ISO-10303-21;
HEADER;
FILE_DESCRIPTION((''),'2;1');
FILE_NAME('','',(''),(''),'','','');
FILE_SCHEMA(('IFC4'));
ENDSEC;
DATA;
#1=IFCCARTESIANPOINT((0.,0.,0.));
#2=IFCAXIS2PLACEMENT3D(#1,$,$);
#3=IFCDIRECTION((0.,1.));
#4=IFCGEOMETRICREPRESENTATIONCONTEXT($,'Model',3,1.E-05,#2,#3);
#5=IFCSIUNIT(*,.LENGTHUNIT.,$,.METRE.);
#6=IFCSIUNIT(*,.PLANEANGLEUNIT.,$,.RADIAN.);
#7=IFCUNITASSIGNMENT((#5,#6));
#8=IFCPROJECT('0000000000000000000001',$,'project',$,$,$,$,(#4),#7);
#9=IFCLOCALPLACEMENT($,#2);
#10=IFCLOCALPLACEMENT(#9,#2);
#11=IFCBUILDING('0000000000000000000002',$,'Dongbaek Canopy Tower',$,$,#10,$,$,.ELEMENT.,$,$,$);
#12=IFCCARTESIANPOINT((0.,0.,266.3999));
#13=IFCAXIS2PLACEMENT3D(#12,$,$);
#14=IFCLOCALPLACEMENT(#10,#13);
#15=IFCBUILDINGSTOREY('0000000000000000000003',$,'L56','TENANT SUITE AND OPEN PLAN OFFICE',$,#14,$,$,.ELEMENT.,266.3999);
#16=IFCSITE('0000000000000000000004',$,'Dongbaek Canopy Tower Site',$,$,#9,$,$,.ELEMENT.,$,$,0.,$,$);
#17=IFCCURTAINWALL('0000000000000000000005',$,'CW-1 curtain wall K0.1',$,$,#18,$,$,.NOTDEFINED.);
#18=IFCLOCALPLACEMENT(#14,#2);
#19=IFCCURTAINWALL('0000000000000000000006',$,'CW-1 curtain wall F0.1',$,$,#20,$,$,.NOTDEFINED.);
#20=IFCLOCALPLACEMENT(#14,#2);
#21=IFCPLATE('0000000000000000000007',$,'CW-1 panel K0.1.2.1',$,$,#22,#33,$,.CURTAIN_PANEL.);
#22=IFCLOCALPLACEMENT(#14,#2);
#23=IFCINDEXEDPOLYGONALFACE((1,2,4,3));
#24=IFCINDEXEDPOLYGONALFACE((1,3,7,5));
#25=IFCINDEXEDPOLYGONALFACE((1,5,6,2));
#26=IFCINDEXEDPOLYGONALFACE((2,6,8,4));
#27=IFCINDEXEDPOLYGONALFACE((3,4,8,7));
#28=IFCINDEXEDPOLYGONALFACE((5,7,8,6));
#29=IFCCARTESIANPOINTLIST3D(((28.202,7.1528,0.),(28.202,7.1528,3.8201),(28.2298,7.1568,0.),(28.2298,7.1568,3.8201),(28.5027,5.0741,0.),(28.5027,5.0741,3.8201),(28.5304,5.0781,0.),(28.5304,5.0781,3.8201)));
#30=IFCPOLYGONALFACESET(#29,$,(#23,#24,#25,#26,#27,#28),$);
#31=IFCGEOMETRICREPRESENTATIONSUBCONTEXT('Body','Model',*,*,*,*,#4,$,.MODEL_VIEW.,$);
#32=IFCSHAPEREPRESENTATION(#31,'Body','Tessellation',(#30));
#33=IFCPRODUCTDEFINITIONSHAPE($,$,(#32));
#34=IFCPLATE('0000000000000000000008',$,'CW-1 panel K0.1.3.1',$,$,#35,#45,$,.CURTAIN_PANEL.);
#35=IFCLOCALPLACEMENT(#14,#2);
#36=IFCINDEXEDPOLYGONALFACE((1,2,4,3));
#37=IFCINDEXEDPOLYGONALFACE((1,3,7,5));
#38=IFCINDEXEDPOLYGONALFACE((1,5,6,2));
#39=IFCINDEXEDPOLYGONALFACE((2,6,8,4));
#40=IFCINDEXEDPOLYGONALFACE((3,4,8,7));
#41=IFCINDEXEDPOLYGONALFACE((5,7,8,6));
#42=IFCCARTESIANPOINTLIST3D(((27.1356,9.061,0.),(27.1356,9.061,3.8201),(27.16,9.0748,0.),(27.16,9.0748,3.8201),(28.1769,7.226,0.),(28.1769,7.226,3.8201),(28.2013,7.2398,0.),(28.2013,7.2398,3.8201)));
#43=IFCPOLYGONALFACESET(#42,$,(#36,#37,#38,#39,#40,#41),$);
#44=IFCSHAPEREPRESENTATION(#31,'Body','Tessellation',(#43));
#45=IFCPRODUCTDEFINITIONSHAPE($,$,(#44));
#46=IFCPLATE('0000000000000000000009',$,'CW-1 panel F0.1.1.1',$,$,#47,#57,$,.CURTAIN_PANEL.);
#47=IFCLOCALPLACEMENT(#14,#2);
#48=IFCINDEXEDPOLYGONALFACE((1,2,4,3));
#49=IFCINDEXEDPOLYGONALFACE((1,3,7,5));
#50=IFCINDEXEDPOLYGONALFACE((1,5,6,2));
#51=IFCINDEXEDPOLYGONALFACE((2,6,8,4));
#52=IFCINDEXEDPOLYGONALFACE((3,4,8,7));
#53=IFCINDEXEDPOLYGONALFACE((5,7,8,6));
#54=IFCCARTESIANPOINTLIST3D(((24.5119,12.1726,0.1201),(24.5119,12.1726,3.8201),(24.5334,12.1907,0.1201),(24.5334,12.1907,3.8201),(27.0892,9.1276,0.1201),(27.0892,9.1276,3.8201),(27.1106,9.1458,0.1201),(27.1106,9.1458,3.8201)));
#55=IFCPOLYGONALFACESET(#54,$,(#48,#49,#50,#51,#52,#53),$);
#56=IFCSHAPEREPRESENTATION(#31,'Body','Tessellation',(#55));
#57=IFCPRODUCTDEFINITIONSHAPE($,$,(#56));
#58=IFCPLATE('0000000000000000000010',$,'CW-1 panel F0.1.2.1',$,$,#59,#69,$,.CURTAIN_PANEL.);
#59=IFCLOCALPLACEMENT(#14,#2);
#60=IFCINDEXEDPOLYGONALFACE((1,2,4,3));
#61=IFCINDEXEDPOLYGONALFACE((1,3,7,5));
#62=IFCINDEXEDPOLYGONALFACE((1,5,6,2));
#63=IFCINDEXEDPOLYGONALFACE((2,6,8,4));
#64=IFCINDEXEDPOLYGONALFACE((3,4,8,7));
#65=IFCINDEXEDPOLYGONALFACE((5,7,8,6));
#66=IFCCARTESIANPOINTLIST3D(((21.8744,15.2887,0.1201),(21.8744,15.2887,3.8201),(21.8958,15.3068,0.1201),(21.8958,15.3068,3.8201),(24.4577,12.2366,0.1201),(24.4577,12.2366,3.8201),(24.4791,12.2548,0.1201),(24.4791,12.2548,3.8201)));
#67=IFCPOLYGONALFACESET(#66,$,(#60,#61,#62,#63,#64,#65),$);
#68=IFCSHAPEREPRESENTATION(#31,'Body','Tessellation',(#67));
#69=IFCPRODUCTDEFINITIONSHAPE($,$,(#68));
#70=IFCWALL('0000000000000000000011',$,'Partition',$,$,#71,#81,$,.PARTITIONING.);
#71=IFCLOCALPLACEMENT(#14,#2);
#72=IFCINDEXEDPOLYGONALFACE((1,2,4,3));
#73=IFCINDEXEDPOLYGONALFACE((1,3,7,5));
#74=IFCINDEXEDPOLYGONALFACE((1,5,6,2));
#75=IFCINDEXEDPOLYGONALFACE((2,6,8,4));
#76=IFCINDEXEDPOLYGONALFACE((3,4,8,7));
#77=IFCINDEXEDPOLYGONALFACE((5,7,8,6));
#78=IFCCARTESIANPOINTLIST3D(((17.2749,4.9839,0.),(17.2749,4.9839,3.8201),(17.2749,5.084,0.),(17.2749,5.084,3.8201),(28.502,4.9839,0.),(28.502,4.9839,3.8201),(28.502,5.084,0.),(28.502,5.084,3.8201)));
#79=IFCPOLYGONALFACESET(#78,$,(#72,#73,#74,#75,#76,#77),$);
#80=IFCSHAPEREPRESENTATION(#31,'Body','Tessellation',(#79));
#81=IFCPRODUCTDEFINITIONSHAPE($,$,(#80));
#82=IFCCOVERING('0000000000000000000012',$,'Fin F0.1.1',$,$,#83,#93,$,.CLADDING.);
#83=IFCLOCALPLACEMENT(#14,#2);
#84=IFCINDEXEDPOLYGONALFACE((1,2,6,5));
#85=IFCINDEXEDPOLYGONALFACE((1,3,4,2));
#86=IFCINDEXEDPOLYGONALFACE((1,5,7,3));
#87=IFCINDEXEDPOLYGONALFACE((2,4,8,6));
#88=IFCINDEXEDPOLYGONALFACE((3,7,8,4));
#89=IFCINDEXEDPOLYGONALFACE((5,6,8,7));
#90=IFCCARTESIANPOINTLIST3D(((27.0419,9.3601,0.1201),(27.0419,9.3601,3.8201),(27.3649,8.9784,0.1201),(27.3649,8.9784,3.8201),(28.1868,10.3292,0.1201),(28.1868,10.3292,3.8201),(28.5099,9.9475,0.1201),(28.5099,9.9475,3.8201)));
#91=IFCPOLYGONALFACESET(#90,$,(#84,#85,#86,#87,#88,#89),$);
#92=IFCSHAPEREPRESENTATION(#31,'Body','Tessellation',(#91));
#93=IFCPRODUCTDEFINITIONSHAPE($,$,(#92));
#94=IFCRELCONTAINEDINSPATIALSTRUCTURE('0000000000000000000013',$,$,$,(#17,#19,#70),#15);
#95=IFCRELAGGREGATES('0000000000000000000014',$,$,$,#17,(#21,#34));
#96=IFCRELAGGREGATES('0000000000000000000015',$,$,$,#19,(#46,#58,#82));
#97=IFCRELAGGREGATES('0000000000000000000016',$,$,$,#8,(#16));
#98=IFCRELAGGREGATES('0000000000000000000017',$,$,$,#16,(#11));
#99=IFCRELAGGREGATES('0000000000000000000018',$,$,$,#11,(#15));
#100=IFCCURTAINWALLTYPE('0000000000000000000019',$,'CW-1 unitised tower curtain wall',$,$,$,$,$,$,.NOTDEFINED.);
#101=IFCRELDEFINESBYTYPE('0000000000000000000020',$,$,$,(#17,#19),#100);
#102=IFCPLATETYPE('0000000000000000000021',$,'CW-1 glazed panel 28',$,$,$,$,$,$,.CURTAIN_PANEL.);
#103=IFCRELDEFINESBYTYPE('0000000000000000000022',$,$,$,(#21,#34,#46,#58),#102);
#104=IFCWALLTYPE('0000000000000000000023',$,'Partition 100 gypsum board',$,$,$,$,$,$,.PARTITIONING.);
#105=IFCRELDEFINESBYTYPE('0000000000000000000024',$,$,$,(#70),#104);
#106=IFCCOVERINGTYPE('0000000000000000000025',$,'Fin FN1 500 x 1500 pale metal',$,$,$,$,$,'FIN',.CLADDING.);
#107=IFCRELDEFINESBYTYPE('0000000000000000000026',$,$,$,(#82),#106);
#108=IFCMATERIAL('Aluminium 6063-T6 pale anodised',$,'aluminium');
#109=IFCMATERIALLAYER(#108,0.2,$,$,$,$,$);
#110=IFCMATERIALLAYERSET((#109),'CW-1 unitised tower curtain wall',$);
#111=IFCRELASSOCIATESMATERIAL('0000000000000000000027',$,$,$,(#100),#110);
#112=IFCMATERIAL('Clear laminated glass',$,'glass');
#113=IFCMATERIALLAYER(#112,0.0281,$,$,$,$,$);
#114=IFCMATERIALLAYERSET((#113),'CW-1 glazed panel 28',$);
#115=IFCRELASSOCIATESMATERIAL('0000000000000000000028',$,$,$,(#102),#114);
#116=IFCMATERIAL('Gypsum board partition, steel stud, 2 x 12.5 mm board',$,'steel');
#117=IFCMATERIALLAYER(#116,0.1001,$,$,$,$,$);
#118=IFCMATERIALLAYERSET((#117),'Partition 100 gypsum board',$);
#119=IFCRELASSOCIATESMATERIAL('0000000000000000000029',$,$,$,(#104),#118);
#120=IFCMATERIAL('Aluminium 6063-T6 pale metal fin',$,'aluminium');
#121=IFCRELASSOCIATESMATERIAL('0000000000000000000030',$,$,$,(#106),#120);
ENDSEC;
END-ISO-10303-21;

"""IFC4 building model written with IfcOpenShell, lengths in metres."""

from ifc_helpers import new_model, si_unit, direction, frame, frame_2d, origin, origin_2d, place, context, subcontext, project, spatial, rectangle, extrude, material, layer, layer_set, material_profile, profile_set, type_object, element, aggregate, save


model = new_model("IFC4")

# Units and contexts
model_context = context("Model", 3, precision=1e-05, world=origin(), true_north=direction((0.0, 1.0)))
body_context = subcontext(model_context, "Body", "Model", "MODEL_VIEW")
ifc_project = project(units=[si_unit("LENGTHUNIT", "METRE"), si_unit("PLANEANGLEUNIT", "RADIAN")], contexts=[model_context])

# Site, building, storey
site_placement = place(None, origin())
site = spatial("IfcSite", under=ifc_project, at=site_placement, Name="Dongbaek Canopy Tower Site", CompositionType="ELEMENT", RefElevation=0.0)
building_placement = place(site_placement, origin())
building = spatial("IfcBuilding", under=site, at=building_placement, Name="Dongbaek Canopy Tower", CompositionType="ELEMENT")
storey_placement = place(building_placement, frame((0.0, 0.0, 266.3999)))
storey = spatial("IfcBuildingStorey", under=building, at=storey_placement, Name="L56", Description="TENANT SUITE AND OPEN PLAN OFFICE", CompositionType="ELEMENT", Elevation=266.3999)

# Curtain walls
ifc_material_1 = material(Name="Aluminium 6063-T6 pale anodised", Category="aluminium")
ifc_layer_1 = layer(ifc_material_1, 0.2)
ifc_layer_set_1 = layer_set([ifc_layer_1], Name="CW-1 unitised tower curtain wall")
curtain_wall_type = type_object("IfcCurtainWallType", Name="CW-1 unitised tower curtain wall", PredefinedType="NOTDEFINED", material=ifc_layer_set_1)
curtain_wall_1_placement = place(storey_placement, origin())
curtain_wall_1 = element("IfcCurtainWall", 1, at=curtain_wall_1_placement, inside=storey, type_object=curtain_wall_type, Name="CW-1 curtain wall K0.1", PredefinedType="NOTDEFINED")
curtain_wall_2_placement = place(storey_placement, origin())
curtain_wall_2 = element("IfcCurtainWall", 2, at=curtain_wall_2_placement, inside=storey, type_object=curtain_wall_type, Name="CW-1 curtain wall F0.1", PredefinedType="NOTDEFINED")

# Plates
ifc_material_2 = material(Name="Clear laminated glass", Category="glass")
ifc_layer_2 = layer(ifc_material_2, 0.0281)
ifc_layer_set_2 = layer_set([ifc_layer_2], Name="CW-1 glazed panel 28")
plate_type = type_object("IfcPlateType", Name="CW-1 glazed panel 28", PredefinedType="CURTAIN_PANEL", material=ifc_layer_set_2)
plate_1_placement = place(storey_placement, frame((28.3662, 6.1155, 0.0), z_axis=(0.0, 0.0, 1.0), x_axis=(-0.143155, 0.9897, 0.0)))
plate_1 = element("IfcPlate", 3, at=plate_1_placement, type_object=plate_type, Name="CW-1 panel K0.1.2.1", PredefinedType="CURTAIN_PANEL", context=body_context, shape_type="SweptSolid", body=[
    extrude(rectangle(XDim=2.1003, YDim=0.0281, at=origin_2d()), origin(), (0.0, 0.0, 1.0), 3.8201),
])
plate_2_placement = place(storey_placement, frame((27.6685, 8.1504, 0.0), z_axis=(0.0, 0.0, 1.0), x_axis=(-0.493538, 0.869724, 0.0)))
plate_2 = element("IfcPlate", 4, at=plate_2_placement, type_object=plate_type, Name="CW-1 panel K0.1.3.1", PredefinedType="CURTAIN_PANEL", context=body_context, shape_type="SweptSolid", body=[
    extrude(rectangle(XDim=2.1099, YDim=0.0281, at=origin_2d()), origin(), (0.0, 0.0, 1.0), 3.8201),
])
aggregate(curtain_wall_1, [plate_1, plate_2])
plate_3_placement = place(storey_placement, frame((25.8113, 10.6592, 0.1201), z_axis=(0.0, 0.0, 1.0), x_axis=(-0.646055, 0.763291, 0.0)))
plate_3 = element("IfcPlate", 5, at=plate_3_placement, type_object=plate_type, Name="CW-1 panel F0.1.1.1", PredefinedType="CURTAIN_PANEL", context=body_context, shape_type="SweptSolid", body=[
    extrude(rectangle(XDim=3.9893, YDim=0.0281, at=origin_2d()), origin(), (0.0, 0.0, 1.0), 3.7),
])
plate_4_placement = place(storey_placement, frame((23.1768, 13.7717, 0.1201), z_axis=(0.0, 0.0, 1.0), x_axis=(-0.646055, 0.763291, 0.0)))
plate_4 = element("IfcPlate", 6, at=plate_4_placement, type_object=plate_type, Name="CW-1 panel F0.1.2.1", PredefinedType="CURTAIN_PANEL", context=body_context, shape_type="SweptSolid", body=[
    extrude(rectangle(XDim=3.9985, YDim=0.0281, at=origin_2d()), origin(), (0.0, 0.0, 1.0), 3.7),
])

# Wall
ifc_material_3 = material(Name="Gypsum board partition, steel stud, 2 x 12.5 mm board", Category="steel")
ifc_layer_3 = layer(ifc_material_3, 0.1001)
ifc_layer_set_3 = layer_set([ifc_layer_3], Name="Partition 100 gypsum board")
wall_type = type_object("IfcWallType", Name="Partition 100 gypsum board", PredefinedType="PARTITIONING", material=ifc_layer_set_3)
wall_placement = place(storey_placement, frame((17.2749, 5.0339, 0.0), z_axis=(0.0, 0.0, 1.0), x_axis=(1.0, 0.0, 0.0)))
element("IfcWall", 7, at=wall_placement, inside=storey, type_object=wall_type, Name="Partition", PredefinedType="PARTITIONING", context=body_context, shape_type="SweptSolid", body=[
    extrude(rectangle(XDim=11.2271, YDim=0.1001, at=frame_2d((5.6135, 0.0))), origin(), (0.0, 0.0, 1.0), 3.8201),
])

# Covering
ifc_material_4 = material(Name="Aluminium 6063-T6 pale metal fin", Category="aluminium")
ifc_material_profile_1 = material_profile(ifc_material_4, rectangle(XDim=1.5, YDim=0.5, at=origin_2d()), Name="Fin FN1 500 x 1500 pale metal")
ifc_profile_set_1 = profile_set([ifc_material_profile_1], Name="Aluminium 6063-T6 pale metal fin")
covering_type = type_object("IfcCoveringType", Name="Fin FN1 500 x 1500 pale metal", ElementType="FIN", PredefinedType="CLADDING", material=ifc_profile_set_1)
covering_placement = place(storey_placement, frame((27.7759, 9.6538, 0.1201), z_axis=(0.0, 0.0, 1.0), x_axis=(0.763291, 0.646055, 0.0)))
covering = element("IfcCovering", 8, at=covering_placement, type_object=covering_type, Name="Fin F0.1.1", PredefinedType="CLADDING", context=body_context, shape_type="SweptSolid", body=[
    extrude(rectangle(XDim=1.5, YDim=0.5, at=origin_2d()), origin(), (0.0, 0.0, 1.0), 3.7),
])
aggregate(curtain_wall_2, [plate_3, plate_4, covering])

save(model, "model.ifc")
